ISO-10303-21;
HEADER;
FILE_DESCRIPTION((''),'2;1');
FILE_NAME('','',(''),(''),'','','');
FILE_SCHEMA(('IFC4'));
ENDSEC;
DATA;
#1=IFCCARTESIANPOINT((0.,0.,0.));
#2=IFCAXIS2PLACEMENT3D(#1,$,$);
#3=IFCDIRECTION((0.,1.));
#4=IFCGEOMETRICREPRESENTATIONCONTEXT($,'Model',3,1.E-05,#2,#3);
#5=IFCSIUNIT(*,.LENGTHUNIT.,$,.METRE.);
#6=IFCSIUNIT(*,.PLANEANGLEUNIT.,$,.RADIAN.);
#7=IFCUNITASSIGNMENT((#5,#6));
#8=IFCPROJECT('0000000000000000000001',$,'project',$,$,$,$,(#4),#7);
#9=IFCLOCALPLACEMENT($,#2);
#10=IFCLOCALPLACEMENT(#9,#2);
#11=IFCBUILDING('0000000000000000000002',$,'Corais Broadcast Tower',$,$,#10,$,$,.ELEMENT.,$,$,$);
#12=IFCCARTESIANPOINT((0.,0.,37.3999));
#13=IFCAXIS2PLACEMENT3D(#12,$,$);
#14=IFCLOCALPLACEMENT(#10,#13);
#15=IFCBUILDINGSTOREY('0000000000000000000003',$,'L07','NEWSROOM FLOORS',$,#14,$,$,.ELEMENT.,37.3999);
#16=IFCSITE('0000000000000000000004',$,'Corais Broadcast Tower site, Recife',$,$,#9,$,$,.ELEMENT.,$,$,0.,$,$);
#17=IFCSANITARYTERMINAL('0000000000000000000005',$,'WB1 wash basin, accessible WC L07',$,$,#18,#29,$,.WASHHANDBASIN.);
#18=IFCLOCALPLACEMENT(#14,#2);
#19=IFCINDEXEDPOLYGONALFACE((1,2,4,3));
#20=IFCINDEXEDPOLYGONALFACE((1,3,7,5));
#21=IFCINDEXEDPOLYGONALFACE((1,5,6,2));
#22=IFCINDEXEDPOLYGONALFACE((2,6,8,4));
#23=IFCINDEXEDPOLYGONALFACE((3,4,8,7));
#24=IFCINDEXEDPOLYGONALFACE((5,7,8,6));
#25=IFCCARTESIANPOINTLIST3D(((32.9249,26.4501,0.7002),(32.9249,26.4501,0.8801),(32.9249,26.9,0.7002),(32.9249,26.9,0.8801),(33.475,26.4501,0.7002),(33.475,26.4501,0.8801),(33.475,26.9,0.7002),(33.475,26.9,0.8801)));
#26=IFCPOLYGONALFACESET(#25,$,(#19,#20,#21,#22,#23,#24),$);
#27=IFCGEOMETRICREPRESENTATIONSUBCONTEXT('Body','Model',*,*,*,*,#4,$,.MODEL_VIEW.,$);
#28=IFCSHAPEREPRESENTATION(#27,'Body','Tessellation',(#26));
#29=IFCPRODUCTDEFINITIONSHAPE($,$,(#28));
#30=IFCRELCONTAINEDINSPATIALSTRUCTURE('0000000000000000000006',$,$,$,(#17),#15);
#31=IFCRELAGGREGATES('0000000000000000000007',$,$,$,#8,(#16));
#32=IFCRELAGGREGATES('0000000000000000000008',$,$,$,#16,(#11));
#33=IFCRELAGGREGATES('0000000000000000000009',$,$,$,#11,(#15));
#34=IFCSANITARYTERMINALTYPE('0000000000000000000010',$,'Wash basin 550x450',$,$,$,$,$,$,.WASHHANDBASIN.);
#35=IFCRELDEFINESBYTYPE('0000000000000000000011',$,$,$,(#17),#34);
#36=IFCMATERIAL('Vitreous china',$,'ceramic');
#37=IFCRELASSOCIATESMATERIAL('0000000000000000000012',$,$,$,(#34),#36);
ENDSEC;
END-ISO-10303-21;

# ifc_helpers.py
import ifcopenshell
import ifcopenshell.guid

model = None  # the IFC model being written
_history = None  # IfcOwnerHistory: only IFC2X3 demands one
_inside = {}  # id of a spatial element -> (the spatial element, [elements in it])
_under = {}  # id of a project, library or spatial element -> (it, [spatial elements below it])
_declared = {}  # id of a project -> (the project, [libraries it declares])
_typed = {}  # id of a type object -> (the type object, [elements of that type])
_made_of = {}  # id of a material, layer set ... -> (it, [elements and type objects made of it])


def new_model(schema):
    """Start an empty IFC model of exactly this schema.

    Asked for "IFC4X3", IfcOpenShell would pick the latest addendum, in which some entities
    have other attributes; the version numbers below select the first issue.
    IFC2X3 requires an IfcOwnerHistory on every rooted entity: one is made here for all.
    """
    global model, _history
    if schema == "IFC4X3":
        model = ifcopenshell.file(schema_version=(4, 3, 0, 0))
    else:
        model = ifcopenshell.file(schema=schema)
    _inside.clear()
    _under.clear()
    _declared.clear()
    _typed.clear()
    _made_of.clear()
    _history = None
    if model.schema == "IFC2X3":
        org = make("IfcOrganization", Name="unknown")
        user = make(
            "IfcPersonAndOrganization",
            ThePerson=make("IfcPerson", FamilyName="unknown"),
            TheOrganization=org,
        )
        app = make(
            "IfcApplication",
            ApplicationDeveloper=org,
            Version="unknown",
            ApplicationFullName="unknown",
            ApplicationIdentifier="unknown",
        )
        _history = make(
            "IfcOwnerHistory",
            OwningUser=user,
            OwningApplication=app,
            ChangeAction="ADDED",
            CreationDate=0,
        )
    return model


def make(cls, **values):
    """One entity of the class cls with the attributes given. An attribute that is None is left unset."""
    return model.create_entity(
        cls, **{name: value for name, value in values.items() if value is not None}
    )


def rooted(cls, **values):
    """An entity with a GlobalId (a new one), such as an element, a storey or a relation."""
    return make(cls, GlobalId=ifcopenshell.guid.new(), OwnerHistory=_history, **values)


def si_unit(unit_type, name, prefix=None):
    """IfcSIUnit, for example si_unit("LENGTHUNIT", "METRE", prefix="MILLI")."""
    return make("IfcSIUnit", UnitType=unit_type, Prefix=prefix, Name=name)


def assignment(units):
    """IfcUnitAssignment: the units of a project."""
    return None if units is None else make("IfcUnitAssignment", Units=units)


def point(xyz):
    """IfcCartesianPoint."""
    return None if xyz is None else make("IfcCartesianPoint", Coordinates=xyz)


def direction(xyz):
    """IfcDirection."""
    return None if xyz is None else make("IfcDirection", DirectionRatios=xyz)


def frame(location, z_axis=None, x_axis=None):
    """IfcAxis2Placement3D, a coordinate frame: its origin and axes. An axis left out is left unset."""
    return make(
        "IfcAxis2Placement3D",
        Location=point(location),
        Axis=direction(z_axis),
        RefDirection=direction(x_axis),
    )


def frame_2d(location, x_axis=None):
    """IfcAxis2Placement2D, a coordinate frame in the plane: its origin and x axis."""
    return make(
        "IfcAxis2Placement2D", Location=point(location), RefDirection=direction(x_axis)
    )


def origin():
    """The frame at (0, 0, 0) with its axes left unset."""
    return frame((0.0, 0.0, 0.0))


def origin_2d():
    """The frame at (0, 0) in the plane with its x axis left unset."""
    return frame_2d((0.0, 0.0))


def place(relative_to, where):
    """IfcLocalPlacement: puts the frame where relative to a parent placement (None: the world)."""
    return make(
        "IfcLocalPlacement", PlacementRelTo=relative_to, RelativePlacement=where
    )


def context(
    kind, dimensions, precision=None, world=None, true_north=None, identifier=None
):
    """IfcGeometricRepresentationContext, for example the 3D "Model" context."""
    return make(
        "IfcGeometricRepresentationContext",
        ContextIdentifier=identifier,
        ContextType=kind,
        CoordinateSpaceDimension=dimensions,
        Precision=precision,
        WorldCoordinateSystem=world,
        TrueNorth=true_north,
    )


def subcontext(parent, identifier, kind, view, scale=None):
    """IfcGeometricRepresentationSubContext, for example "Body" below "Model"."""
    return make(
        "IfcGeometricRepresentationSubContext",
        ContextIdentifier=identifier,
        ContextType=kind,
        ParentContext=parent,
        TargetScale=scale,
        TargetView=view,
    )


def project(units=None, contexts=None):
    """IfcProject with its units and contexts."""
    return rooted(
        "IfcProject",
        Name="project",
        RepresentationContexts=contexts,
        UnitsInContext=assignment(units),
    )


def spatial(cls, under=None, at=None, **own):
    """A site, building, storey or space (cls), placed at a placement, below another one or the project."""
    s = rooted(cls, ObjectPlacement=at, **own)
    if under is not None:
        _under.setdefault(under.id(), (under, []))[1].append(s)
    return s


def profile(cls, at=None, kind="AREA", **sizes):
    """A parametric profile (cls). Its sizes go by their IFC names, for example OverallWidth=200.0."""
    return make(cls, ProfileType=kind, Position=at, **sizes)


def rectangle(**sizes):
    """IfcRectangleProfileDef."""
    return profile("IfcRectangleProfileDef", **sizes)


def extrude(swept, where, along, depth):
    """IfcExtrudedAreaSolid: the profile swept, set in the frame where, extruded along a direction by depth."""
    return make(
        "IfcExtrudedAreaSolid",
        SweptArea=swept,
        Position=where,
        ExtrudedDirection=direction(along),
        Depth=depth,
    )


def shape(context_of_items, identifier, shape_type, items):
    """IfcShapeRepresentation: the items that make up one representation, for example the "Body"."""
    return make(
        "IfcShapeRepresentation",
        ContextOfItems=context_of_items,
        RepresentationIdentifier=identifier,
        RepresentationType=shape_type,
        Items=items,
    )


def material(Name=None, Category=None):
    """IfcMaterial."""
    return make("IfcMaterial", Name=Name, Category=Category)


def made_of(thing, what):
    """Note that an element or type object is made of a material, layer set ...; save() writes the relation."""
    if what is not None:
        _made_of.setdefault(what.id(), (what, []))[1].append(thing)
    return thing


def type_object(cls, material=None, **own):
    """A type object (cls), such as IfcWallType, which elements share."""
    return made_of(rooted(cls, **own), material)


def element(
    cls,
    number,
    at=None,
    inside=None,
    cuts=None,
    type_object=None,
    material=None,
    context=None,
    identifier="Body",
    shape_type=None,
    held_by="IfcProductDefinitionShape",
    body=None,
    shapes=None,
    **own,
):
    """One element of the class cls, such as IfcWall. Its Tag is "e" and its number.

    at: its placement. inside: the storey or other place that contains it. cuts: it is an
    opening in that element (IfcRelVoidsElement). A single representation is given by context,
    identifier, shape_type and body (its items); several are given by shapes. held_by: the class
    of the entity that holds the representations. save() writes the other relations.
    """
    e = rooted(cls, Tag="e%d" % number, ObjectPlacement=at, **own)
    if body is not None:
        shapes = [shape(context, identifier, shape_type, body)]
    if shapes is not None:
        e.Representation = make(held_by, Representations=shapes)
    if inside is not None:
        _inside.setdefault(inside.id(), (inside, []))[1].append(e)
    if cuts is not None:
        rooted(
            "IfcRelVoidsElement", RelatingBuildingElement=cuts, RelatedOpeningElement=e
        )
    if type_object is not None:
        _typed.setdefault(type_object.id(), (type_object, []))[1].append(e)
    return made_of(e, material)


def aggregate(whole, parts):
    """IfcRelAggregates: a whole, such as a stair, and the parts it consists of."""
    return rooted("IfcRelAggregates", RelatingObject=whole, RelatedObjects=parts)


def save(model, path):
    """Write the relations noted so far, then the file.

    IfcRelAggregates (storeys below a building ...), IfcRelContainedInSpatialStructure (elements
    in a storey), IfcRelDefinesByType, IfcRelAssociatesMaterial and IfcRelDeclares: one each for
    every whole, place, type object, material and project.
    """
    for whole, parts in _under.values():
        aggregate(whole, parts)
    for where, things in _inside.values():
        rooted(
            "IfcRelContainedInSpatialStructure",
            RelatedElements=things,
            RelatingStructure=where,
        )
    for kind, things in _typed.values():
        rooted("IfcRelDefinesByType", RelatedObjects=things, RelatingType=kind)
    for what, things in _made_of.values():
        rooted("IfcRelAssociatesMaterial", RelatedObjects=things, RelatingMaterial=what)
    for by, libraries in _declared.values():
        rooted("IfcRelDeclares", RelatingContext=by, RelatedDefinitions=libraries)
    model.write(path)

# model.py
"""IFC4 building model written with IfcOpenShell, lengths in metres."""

from ifc_helpers import new_model, si_unit, direction, frame, origin, origin_2d, place, context, subcontext, project, spatial, rectangle, extrude, material, type_object, element, save


model = new_model("IFC4")

# Units and contexts
model_context = context("Model", 3, precision=1e-05, world=origin(), true_north=direction((0.0, 1.0)))
body_context = subcontext(model_context, "Body", "Model", "MODEL_VIEW")
ifc_project = project(units=[si_unit("LENGTHUNIT", "METRE"), si_unit("PLANEANGLEUNIT", "RADIAN")], contexts=[model_context])

# Site, building, storey
site_placement = place(None, origin())
site = spatial("IfcSite", under=ifc_project, at=site_placement, Name="Corais Broadcast Tower site, Recife", CompositionType="ELEMENT", RefElevation=0.0)
building_placement = place(site_placement, origin())
building = spatial("IfcBuilding", under=site, at=building_placement, Name="Corais Broadcast Tower", CompositionType="ELEMENT")
storey_placement = place(building_placement, frame((0.0, 0.0, 37.3999)))
storey = spatial("IfcBuildingStorey", under=building, at=storey_placement, Name="L07", Description="NEWSROOM FLOORS", CompositionType="ELEMENT", Elevation=37.3999)

# Sanitary terminal
ifc_material_1 = material(Name="Vitreous china", Category="ceramic")
sanitary_terminal_type_1 = type_object("IfcSanitaryTerminalType", Name="Wash basin 550x450", PredefinedType="WASHHANDBASIN", material=ifc_material_1)
sanitary_terminal_placement = place(storey_placement, frame((33.2, 26.675, 0.7002), z_axis=(0.0, 0.0, 1.0), x_axis=(1.0, 0.0, 0.0)))
element("IfcSanitaryTerminal", 1, at=sanitary_terminal_placement, inside=storey, type_object=sanitary_terminal_type_1, Name="WB1 wash basin, accessible WC L07", PredefinedType="WASHHANDBASIN", context=body_context, shape_type="SweptSolid", body=[
    extrude(rectangle(XDim=0.55, YDim=0.45, at=origin_2d()), origin(), (0.0, 0.0, 1.0), 0.1799),
])

save(model, "model.ifc")
